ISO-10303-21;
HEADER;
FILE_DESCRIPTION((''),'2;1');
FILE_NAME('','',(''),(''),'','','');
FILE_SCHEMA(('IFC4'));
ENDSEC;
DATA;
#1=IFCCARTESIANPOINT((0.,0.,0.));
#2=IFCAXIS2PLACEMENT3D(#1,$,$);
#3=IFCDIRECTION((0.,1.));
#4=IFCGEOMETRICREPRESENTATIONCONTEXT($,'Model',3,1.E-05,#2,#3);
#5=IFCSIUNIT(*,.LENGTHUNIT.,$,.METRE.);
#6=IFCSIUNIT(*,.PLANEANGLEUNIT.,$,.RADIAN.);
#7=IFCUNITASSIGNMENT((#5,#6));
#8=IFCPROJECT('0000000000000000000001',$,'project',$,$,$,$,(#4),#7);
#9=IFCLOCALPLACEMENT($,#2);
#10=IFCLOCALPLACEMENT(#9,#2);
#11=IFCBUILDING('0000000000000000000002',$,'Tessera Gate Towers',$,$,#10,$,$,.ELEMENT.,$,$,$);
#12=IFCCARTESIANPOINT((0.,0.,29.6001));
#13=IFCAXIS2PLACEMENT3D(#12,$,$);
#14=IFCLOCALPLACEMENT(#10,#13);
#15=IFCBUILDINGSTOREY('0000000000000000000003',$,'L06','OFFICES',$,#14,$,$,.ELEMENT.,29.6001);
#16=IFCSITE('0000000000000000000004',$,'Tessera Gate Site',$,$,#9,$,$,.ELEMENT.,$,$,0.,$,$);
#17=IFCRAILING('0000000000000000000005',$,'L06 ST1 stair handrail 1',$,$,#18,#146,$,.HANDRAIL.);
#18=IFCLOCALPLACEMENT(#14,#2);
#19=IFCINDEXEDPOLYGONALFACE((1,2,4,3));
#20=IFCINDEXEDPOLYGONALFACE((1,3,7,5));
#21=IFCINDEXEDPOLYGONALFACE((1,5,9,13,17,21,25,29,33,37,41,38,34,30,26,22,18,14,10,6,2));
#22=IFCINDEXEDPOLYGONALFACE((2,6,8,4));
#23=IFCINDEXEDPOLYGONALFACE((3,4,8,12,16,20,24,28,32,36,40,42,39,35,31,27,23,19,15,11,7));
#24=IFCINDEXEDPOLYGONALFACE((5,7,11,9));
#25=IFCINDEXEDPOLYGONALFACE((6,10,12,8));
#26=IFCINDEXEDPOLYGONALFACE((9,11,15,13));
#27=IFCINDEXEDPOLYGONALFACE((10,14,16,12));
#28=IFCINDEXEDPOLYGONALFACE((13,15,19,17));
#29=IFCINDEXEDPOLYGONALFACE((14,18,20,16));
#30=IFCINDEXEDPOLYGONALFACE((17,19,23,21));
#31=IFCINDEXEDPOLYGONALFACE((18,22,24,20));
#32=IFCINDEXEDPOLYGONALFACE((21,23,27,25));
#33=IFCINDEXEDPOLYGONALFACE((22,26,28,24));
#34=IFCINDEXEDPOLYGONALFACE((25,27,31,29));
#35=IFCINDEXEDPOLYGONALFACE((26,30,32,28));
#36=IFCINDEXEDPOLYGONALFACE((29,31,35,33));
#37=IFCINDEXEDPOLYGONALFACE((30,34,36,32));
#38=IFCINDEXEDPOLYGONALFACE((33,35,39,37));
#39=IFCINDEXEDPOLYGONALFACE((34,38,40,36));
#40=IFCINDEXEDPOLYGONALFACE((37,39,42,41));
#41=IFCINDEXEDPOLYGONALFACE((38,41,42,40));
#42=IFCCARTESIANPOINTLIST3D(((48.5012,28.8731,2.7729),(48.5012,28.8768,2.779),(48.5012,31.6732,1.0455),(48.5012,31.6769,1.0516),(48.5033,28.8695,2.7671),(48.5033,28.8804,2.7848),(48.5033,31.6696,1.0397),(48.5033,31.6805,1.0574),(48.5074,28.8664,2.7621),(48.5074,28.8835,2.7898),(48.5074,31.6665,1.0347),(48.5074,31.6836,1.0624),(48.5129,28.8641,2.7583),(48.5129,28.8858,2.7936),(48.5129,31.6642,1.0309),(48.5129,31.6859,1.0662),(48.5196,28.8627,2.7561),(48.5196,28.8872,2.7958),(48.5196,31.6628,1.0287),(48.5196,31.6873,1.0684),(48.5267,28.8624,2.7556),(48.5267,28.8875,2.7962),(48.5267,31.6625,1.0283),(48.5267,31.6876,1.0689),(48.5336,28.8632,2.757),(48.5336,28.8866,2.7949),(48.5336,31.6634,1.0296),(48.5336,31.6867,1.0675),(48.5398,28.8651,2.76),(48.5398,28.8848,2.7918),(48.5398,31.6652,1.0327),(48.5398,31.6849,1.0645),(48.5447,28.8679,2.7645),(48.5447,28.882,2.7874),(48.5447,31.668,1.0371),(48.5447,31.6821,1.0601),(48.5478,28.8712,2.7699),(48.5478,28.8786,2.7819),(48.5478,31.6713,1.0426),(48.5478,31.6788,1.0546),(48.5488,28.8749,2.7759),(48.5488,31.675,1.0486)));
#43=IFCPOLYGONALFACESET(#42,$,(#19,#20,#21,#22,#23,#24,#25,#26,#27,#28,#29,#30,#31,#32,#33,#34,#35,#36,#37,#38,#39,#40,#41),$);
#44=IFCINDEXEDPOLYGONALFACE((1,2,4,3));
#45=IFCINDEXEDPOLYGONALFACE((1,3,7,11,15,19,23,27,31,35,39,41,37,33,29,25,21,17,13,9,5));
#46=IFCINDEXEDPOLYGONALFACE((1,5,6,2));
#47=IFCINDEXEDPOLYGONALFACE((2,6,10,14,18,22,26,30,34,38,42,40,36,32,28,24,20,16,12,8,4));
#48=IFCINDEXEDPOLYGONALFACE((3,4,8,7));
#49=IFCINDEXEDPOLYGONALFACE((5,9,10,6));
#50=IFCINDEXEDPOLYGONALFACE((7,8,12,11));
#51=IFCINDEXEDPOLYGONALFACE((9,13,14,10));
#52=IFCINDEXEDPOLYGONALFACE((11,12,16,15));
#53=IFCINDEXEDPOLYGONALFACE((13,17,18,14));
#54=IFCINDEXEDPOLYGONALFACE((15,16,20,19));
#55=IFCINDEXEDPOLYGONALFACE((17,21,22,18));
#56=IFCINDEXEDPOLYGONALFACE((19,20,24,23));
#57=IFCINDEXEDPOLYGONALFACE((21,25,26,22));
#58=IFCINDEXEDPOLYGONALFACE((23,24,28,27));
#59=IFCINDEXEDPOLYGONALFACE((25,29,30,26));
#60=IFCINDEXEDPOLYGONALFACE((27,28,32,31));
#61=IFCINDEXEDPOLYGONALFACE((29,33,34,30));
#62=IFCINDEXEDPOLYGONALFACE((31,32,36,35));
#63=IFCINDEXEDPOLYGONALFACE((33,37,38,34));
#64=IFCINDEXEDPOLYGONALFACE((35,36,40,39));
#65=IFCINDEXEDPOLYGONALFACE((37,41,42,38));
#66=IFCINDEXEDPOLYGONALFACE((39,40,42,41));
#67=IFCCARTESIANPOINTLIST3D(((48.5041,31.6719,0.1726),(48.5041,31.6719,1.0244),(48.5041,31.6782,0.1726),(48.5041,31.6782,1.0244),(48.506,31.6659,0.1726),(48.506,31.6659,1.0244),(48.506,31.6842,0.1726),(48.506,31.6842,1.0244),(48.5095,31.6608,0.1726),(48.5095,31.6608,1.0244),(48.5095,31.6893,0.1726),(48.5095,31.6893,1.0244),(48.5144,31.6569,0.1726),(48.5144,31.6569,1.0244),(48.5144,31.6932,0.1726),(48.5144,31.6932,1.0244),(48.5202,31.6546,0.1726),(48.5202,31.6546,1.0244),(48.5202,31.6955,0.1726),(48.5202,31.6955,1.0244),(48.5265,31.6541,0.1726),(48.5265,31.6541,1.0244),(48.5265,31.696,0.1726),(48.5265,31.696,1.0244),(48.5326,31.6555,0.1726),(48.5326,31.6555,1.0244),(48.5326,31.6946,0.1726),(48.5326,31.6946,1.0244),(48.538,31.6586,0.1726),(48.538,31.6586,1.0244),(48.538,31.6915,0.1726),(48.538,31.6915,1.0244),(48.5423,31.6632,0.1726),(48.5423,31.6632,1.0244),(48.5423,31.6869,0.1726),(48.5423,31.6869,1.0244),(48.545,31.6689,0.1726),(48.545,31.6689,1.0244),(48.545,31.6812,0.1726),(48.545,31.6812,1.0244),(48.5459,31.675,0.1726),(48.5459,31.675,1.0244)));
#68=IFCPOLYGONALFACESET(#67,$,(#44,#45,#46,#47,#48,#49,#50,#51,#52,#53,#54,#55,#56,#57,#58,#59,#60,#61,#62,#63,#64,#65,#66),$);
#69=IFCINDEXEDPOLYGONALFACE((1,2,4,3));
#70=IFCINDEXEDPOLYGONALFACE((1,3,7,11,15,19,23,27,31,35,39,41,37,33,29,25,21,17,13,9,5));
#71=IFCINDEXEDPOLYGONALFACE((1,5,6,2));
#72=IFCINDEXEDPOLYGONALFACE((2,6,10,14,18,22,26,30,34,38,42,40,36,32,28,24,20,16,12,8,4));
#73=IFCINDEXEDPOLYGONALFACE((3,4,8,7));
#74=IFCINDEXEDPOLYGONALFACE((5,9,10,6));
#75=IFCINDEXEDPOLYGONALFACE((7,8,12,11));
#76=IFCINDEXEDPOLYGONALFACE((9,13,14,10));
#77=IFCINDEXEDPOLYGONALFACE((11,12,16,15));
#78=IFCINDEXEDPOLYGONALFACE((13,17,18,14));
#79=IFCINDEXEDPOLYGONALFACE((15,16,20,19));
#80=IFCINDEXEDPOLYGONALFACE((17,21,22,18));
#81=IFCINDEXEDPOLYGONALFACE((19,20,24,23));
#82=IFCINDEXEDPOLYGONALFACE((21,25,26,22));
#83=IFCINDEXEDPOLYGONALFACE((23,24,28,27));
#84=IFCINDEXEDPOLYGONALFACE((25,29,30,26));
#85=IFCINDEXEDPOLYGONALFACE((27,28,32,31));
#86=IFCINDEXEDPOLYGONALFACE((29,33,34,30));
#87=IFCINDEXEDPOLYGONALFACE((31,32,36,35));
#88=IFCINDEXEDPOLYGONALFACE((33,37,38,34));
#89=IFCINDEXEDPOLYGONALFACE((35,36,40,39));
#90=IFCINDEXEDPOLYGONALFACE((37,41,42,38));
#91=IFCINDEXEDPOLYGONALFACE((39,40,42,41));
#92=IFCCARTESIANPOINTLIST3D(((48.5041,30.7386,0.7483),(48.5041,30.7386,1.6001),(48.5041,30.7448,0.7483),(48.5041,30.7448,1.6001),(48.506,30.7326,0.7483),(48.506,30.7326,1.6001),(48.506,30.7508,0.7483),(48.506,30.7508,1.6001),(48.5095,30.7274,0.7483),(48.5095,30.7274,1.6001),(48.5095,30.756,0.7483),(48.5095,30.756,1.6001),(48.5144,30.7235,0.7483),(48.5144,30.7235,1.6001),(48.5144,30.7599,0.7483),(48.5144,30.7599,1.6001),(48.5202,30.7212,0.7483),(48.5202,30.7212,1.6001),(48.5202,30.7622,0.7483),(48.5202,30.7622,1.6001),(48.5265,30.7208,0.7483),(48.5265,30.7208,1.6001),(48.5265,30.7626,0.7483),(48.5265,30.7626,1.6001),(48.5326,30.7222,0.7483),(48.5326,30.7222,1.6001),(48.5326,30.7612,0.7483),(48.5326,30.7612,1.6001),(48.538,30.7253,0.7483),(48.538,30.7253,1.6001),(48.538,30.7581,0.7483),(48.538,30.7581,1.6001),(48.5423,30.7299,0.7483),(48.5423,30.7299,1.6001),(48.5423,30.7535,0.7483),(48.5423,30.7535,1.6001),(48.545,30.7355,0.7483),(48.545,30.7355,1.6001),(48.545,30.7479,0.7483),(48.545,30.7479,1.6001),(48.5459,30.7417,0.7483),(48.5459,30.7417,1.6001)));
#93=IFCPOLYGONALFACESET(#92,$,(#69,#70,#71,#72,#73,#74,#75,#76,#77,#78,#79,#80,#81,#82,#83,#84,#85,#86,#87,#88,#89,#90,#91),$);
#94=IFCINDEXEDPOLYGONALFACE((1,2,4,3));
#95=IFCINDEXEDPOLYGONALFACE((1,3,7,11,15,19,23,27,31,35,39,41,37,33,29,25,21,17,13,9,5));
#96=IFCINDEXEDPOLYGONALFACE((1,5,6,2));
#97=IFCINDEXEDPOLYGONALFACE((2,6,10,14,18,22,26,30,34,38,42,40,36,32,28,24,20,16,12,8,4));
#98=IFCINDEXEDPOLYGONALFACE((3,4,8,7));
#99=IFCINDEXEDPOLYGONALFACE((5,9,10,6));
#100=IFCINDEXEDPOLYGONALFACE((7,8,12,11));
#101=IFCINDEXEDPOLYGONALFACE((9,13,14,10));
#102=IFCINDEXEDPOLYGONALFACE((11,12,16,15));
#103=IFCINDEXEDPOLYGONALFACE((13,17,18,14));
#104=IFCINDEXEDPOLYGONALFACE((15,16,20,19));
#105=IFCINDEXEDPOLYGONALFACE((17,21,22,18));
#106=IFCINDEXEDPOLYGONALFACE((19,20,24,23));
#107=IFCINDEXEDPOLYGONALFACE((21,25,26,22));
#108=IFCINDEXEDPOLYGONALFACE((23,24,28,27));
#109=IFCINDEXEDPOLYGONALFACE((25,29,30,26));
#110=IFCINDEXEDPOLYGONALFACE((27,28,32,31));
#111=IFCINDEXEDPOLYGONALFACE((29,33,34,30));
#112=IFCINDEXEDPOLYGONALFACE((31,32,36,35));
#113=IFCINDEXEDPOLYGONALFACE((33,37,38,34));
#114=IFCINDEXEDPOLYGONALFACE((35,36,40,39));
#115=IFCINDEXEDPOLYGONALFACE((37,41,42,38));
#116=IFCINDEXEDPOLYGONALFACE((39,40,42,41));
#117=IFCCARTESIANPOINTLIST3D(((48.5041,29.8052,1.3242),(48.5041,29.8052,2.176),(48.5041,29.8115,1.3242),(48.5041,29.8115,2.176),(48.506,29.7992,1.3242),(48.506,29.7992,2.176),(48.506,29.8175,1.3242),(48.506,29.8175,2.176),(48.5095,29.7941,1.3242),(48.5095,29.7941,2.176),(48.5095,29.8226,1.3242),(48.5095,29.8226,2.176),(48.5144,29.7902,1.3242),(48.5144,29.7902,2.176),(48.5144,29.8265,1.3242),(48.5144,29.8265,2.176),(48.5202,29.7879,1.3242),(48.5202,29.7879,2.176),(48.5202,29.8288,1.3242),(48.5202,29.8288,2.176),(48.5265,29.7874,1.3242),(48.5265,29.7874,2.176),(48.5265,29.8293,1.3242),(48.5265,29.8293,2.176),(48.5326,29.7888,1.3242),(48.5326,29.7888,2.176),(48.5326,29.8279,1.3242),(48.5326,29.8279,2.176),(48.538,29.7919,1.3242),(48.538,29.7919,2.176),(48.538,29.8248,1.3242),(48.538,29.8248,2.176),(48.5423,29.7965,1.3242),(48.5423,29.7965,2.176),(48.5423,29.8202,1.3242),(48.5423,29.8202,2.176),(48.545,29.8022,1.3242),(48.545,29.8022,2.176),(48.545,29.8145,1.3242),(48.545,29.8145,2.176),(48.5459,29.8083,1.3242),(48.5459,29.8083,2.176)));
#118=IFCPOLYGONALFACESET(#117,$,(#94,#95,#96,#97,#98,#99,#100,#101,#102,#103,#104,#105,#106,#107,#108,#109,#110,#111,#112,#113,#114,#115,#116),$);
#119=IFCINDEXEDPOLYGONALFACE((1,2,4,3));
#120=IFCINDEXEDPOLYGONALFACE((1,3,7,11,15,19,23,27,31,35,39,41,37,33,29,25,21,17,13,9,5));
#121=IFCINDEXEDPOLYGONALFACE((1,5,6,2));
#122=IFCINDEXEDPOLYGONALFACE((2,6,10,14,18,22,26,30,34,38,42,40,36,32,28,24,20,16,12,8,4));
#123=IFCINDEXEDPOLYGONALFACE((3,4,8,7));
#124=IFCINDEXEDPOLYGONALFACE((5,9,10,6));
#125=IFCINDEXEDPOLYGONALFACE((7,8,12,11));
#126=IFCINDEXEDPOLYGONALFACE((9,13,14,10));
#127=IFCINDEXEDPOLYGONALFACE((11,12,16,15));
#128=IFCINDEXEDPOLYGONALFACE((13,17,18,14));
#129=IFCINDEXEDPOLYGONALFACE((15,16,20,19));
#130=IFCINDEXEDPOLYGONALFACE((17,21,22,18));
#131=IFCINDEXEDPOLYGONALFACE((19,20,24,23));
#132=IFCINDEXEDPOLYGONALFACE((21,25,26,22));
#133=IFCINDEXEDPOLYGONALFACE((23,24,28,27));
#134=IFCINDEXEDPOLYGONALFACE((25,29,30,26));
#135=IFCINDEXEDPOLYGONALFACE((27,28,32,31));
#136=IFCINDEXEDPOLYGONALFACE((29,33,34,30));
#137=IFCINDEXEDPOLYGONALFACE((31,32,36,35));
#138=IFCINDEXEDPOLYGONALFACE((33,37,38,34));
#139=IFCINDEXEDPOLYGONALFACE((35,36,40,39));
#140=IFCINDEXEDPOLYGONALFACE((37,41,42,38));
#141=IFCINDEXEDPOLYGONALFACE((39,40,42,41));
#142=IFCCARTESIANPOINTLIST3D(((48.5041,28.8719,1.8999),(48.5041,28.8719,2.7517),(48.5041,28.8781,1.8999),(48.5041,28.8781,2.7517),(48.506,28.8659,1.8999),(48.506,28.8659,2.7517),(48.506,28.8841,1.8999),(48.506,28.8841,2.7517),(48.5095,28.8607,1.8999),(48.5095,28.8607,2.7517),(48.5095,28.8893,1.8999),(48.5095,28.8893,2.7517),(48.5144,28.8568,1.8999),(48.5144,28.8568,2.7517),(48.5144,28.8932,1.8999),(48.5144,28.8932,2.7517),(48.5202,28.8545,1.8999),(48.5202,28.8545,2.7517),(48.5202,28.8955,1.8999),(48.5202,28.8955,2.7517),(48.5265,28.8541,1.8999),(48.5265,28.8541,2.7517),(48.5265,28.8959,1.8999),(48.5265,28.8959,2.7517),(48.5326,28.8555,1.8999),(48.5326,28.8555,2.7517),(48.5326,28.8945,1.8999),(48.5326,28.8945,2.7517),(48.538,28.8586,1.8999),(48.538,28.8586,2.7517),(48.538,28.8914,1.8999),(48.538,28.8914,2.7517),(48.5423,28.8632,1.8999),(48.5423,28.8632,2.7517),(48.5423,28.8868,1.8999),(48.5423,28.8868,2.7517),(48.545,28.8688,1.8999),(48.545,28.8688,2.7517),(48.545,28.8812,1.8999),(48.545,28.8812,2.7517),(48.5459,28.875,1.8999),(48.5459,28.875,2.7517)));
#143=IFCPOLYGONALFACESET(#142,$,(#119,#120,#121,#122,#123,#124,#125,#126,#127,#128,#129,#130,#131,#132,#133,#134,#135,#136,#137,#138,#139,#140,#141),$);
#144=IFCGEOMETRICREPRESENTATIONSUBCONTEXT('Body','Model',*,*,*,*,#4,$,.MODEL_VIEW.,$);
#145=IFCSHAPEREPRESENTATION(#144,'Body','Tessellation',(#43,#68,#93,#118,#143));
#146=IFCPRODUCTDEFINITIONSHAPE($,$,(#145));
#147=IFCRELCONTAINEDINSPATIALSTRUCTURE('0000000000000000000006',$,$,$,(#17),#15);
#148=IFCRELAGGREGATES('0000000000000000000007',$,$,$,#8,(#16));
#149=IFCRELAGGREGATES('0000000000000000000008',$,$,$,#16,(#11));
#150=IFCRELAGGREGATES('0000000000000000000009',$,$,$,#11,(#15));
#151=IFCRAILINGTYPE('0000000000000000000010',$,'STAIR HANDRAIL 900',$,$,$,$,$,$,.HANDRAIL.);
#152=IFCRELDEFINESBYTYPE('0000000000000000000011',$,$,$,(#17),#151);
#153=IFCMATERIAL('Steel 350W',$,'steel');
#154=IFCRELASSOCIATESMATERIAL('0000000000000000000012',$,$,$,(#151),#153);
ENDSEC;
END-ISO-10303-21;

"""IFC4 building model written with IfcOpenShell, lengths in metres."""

from ifc_helpers import new_model, si_unit, direction, frame, origin, origin_2d, place, context, subcontext, project, spatial, circle, extrude, material, type_object, element, save


model = new_model("IFC4")

# Units and contexts
model_context = context("Model", 3, precision=1e-05, world=origin(), true_north=direction((0.0, 1.0)))
body_context = subcontext(model_context, "Body", "Model", "MODEL_VIEW")
ifc_project = project(units=[si_unit("LENGTHUNIT", "METRE"), si_unit("PLANEANGLEUNIT", "RADIAN")], contexts=[model_context])

# Site, building, storey
site_placement = place(None, origin())
site = spatial("IfcSite", under=ifc_project, at=site_placement, Name="Tessera Gate Site", CompositionType="ELEMENT", RefElevation=0.0)
building_placement = place(site_placement, origin())
building = spatial("IfcBuilding", under=site, at=building_placement, Name="Tessera Gate Towers", CompositionType="ELEMENT")
storey_placement = place(building_placement, frame((0.0, 0.0, 29.6001)))
storey = spatial("IfcBuildingStorey", under=building, at=storey_placement, Name="L06", Description="OFFICES", CompositionType="ELEMENT", Elevation=29.6001)

# Railing
ifc_material_1 = material(Name="Steel 350W", Category="steel")
railing_type = type_object("IfcRailingType", Name="STAIR HANDRAIL 900", PredefinedType="HANDRAIL", material=ifc_material_1)
railing_placement = place(storey_placement, frame((48.5249, 31.675, 0.1726)))
element("IfcRailing", 1, at=railing_placement, inside=storey, type_object=railing_type, Name="L06 ST1 stair handrail 1", PredefinedType="HANDRAIL", context=body_context, shape_type="SweptSolid", body=[
    extrude(circle(Radius=0.0239, at=origin_2d()), frame((0.0, 0.0, 0.876), z_axis=(0.0, -0.85109, 0.52502), x_axis=(1.0, 0.0, 0.0)), (0.0, 0.0, 1.0), 3.29),
    extrude(circle(Radius=0.021, at=origin_2d()), origin(), (0.0, 0.0, 1.0), 0.8518),
    extrude(circle(Radius=0.021, at=origin_2d()), frame((0.0, -0.9333, 0.5757)), (0.0, 0.0, 1.0), 0.8518),
    extrude(circle(Radius=0.021, at=origin_2d()), frame((0.0, -1.8667, 1.1516)), (0.0, 0.0, 1.0), 0.8518),
    extrude(circle(Radius=0.021, at=origin_2d()), frame((0.0, -2.8, 1.7273)), (0.0, 0.0, 1.0), 0.8518),
])

save(model, "model.ifc")
